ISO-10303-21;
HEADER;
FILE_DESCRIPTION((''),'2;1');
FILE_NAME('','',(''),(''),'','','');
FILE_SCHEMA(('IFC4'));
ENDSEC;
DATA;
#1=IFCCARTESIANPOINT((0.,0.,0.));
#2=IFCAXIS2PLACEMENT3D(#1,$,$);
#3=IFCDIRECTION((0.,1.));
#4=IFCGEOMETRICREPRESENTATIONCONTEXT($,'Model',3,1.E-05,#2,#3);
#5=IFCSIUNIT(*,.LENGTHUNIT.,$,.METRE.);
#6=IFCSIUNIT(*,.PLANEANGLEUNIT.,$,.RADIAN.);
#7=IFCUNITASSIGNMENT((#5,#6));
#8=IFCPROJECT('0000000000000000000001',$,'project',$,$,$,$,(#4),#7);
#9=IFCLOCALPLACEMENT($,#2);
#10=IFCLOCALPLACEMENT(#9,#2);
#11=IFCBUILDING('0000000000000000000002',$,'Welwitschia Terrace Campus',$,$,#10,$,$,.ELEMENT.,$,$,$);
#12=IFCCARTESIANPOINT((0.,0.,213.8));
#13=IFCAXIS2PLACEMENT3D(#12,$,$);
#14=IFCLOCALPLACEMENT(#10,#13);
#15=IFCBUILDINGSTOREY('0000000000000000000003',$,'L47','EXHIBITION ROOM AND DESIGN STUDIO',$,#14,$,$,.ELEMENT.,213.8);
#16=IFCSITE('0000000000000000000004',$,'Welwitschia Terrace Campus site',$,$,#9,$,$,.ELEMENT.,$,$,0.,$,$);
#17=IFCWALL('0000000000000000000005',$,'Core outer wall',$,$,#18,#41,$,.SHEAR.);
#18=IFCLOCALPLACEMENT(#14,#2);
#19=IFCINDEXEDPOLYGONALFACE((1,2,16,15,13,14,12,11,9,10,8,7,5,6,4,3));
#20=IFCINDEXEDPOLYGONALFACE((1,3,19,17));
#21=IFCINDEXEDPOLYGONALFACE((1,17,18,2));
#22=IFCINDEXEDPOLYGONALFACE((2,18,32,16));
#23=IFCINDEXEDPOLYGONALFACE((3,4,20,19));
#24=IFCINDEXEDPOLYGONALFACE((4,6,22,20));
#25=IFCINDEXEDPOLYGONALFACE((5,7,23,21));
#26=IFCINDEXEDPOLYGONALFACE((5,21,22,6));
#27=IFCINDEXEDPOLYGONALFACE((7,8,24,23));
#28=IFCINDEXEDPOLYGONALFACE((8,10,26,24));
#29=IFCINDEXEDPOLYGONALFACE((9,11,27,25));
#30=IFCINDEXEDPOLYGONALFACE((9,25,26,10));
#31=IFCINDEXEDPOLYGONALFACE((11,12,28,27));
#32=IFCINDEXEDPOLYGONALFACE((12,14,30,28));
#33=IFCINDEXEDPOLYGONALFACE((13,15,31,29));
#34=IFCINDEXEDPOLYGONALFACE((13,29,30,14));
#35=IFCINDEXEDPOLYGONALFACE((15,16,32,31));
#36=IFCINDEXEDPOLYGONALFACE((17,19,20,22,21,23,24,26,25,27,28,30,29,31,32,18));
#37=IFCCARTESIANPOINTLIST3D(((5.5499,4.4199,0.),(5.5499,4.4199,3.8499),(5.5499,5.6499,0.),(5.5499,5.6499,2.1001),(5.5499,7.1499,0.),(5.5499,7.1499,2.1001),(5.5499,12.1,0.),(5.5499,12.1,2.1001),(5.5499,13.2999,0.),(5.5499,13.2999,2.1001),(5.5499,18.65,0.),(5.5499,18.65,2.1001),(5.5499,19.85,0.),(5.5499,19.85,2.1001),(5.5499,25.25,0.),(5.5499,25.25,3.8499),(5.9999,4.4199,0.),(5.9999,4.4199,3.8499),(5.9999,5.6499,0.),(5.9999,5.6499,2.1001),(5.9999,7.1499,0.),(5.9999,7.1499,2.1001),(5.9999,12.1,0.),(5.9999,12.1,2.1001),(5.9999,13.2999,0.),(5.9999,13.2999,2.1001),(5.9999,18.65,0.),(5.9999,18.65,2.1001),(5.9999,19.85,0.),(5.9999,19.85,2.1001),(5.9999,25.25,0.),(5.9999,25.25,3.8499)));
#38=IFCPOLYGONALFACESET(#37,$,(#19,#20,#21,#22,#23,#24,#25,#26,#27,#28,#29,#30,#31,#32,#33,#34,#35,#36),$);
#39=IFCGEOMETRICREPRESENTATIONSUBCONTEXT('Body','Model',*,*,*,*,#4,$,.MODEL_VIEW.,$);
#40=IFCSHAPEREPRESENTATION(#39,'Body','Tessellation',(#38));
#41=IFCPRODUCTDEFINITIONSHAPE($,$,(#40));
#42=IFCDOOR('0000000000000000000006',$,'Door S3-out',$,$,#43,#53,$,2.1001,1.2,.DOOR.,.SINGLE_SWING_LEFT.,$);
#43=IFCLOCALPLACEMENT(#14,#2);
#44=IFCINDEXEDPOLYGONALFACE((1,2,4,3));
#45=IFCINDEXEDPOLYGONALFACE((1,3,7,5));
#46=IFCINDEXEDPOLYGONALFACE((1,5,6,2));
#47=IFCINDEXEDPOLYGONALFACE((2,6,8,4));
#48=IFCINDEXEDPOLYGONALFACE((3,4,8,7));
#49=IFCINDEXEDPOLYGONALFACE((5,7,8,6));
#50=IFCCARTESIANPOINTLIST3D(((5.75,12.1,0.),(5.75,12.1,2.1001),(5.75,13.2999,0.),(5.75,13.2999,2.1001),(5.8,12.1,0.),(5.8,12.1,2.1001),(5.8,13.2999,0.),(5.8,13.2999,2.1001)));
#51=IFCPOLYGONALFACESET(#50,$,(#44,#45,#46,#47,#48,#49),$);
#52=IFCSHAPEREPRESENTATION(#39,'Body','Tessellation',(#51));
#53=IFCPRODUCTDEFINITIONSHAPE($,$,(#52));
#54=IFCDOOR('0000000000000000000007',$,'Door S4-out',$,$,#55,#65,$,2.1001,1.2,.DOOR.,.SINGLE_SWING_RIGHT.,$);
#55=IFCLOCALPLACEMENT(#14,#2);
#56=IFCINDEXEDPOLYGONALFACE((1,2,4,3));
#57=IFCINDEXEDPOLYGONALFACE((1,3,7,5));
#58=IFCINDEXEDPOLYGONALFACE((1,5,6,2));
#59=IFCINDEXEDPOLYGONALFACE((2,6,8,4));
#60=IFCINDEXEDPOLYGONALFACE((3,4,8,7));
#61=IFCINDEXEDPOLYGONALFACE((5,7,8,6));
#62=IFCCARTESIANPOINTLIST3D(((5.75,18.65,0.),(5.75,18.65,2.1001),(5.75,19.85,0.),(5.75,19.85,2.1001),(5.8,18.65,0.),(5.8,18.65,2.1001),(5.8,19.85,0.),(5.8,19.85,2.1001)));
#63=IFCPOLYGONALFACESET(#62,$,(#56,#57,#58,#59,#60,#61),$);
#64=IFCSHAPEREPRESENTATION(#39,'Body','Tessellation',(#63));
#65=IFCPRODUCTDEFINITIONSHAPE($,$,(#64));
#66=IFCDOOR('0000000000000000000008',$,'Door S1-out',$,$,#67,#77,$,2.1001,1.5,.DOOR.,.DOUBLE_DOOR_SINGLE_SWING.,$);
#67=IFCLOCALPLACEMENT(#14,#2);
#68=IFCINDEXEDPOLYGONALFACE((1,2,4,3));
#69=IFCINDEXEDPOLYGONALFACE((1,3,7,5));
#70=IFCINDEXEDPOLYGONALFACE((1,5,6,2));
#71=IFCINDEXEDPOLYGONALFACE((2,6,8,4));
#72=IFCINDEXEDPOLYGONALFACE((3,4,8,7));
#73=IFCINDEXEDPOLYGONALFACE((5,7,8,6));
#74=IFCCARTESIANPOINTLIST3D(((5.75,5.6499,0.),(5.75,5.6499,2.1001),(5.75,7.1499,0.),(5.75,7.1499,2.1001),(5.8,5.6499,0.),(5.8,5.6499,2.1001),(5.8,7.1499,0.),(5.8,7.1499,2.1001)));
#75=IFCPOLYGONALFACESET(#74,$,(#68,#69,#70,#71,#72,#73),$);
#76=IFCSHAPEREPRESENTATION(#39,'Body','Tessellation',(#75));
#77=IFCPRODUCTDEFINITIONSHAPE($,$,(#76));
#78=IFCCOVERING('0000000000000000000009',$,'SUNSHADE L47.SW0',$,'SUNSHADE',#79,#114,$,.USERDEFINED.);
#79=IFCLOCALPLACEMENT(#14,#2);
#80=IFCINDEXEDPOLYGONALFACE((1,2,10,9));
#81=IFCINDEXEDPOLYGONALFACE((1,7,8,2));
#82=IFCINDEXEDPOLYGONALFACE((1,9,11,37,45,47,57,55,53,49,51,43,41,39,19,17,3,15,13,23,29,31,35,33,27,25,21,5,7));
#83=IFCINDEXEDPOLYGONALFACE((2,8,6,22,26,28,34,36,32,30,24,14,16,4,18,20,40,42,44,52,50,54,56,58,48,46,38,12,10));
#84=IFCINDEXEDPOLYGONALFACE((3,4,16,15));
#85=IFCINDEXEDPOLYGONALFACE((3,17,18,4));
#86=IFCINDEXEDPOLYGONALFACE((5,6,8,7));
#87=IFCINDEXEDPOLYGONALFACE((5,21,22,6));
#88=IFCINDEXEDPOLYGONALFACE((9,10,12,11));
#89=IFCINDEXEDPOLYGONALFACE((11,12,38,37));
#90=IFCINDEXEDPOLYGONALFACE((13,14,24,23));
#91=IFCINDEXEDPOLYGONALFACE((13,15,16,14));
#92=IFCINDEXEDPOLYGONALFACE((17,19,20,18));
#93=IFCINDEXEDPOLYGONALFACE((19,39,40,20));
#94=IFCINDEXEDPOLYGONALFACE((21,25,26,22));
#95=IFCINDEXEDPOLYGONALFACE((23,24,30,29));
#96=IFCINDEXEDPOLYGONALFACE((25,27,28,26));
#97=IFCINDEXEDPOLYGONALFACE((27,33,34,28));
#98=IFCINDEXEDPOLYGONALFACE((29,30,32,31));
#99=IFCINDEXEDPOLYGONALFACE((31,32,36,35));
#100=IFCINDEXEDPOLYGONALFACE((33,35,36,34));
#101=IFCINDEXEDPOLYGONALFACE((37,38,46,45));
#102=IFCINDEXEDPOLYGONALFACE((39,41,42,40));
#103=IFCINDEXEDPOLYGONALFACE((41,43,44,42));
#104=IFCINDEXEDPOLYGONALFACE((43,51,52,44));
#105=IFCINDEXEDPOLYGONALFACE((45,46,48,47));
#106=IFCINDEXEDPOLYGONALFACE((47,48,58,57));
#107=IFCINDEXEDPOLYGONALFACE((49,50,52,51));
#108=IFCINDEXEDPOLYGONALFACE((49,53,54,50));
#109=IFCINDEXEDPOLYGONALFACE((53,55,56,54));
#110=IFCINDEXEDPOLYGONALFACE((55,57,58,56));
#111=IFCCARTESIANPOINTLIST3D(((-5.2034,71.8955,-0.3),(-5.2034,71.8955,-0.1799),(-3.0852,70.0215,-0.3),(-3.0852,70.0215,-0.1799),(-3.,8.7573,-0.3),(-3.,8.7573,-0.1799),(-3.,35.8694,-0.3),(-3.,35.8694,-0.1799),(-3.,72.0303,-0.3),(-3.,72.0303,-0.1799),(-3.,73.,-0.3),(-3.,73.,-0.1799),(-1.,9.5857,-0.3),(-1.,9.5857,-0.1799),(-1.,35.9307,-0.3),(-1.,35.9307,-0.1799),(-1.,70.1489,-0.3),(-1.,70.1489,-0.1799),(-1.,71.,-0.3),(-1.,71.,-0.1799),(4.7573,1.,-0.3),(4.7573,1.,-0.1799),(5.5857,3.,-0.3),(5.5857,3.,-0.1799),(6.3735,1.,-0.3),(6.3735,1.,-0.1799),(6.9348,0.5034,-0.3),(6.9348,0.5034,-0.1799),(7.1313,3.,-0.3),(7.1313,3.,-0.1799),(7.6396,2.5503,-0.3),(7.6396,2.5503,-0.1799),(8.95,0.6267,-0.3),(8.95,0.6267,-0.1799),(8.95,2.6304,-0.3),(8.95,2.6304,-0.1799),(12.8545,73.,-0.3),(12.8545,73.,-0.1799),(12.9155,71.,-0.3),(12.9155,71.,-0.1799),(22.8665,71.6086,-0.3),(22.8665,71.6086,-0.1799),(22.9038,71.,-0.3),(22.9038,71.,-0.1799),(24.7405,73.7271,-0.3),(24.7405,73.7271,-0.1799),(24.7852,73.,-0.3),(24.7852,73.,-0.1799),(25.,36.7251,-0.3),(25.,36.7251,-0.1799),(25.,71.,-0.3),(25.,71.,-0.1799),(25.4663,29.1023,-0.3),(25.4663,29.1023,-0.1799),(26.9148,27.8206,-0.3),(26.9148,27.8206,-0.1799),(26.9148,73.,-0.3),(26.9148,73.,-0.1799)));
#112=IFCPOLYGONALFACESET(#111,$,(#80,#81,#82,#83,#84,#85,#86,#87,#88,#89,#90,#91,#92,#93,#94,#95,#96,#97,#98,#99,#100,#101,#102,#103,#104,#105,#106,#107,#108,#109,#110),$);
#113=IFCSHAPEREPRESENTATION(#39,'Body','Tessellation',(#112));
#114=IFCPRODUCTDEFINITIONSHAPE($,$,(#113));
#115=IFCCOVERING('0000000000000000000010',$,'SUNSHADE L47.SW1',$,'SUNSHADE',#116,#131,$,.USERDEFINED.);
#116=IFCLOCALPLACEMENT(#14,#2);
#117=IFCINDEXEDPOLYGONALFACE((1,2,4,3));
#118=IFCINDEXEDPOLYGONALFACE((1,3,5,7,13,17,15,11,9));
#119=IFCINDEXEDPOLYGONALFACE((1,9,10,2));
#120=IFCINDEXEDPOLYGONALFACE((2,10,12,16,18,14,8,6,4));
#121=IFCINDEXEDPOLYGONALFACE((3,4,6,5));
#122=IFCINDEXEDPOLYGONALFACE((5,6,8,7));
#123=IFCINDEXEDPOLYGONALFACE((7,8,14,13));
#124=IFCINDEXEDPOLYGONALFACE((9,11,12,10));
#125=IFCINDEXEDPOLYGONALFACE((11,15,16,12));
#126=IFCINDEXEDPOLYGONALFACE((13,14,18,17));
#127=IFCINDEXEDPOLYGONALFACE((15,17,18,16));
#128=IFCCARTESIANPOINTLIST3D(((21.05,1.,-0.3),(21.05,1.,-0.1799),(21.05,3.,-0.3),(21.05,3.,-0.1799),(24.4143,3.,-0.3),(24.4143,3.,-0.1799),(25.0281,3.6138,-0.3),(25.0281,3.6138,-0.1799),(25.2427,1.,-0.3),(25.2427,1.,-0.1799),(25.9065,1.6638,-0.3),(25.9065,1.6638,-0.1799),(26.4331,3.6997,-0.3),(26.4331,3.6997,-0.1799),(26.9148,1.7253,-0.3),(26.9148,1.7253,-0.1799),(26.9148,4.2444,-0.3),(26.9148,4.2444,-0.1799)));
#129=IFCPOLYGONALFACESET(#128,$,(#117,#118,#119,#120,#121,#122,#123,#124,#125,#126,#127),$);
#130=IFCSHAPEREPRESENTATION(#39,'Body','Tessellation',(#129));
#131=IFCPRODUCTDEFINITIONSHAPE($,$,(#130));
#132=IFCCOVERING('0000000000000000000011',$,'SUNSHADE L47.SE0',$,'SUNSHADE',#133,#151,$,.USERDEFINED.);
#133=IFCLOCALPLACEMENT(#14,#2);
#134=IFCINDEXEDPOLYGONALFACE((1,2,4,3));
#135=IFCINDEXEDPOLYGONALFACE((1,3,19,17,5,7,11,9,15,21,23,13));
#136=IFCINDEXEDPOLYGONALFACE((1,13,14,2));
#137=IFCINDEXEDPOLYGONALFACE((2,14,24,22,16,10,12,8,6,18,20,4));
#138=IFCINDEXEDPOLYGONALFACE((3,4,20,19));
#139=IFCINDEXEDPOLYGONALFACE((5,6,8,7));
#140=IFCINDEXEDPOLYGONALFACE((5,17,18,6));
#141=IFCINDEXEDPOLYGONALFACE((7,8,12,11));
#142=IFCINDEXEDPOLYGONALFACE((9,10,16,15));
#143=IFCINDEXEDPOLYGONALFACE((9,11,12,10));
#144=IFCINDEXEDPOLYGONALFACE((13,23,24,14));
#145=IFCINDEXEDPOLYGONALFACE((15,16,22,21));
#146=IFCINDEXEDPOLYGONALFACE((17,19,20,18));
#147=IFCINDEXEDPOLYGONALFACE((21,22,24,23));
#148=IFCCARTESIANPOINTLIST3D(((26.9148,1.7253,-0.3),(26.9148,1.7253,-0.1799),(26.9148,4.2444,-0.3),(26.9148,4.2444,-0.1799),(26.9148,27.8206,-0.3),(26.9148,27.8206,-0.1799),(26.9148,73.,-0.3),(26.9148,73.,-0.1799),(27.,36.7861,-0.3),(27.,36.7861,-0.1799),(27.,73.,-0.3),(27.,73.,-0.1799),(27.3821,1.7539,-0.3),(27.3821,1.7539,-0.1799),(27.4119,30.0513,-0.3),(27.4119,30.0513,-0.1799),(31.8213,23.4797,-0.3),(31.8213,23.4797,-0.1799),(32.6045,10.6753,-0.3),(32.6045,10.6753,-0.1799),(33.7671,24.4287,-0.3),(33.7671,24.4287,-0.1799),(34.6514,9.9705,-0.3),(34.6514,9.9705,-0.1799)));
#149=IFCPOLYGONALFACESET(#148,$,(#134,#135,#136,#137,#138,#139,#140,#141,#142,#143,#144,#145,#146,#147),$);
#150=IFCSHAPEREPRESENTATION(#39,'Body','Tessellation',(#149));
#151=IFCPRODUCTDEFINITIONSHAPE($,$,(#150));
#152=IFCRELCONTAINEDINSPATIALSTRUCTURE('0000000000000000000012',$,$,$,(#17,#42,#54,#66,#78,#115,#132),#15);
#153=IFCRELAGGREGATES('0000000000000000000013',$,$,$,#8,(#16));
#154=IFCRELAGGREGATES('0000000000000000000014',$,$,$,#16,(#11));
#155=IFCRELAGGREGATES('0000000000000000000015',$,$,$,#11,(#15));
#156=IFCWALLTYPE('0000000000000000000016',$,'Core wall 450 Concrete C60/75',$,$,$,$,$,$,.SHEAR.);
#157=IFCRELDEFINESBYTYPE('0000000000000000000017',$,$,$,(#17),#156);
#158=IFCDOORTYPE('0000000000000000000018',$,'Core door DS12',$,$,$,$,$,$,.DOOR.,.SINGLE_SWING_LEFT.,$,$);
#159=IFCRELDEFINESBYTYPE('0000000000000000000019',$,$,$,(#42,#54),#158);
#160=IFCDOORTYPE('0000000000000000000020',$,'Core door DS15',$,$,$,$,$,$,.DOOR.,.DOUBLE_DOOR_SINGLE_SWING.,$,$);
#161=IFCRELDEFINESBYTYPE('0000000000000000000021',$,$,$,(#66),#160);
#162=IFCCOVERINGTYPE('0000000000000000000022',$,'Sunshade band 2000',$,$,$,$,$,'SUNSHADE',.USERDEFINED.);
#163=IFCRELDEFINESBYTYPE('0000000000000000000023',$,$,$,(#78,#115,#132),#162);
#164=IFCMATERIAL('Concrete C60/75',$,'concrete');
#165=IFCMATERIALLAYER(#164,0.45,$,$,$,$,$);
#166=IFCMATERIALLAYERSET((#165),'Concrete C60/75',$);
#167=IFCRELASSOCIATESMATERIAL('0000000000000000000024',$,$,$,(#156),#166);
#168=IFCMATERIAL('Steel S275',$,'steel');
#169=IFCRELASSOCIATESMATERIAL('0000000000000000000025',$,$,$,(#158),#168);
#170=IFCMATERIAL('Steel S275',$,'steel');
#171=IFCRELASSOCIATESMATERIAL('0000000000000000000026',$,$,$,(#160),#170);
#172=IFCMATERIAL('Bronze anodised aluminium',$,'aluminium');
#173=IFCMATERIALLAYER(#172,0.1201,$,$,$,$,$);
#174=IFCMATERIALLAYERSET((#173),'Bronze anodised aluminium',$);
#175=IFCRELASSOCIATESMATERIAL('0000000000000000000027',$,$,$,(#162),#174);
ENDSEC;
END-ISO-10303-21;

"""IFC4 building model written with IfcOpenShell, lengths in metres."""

from ifc_helpers import new_model, si_unit, direction, frame, frame_2d, origin, place, context, subcontext, project, spatial, polyline, rectangle, outline, extrude, material, layer, layer_set, type_object, element, fill, save


model = new_model("IFC4")

# Units and contexts
model_context = context("Model", 3, precision=1e-05, world=origin(), true_north=direction((0.0, 1.0)))
body_context = subcontext(model_context, "Body", "Model", "MODEL_VIEW")
ifc_project = project(units=[si_unit("LENGTHUNIT", "METRE"), si_unit("PLANEANGLEUNIT", "RADIAN")], contexts=[model_context])

# Site, building, storey
site_placement = place(None, origin())
site = spatial("IfcSite", under=ifc_project, at=site_placement, Name="Welwitschia Terrace Campus site", CompositionType="ELEMENT", RefElevation=0.0)
building_placement = place(site_placement, origin())
building = spatial("IfcBuilding", under=site, at=building_placement, Name="Welwitschia Terrace Campus", CompositionType="ELEMENT")
storey_placement = place(building_placement, frame((0.0, 0.0, 213.8)))
storey = spatial("IfcBuildingStorey", under=building, at=storey_placement, Name="L47", Description="EXHIBITION ROOM AND DESIGN STUDIO", CompositionType="ELEMENT", Elevation=213.8)

# Wall, openings, doors
ifc_material_1 = material(Name="Concrete C60/75", Category="concrete")
ifc_layer_1 = layer(ifc_material_1, 0.45)
ifc_layer_set_1 = layer_set([ifc_layer_1], Name="Concrete C60/75")
wall_type = type_object("IfcWallType", Name="Core wall 450 Concrete C60/75", PredefinedType="SHEAR", material=ifc_layer_set_1)
wall_placement = place(storey_placement, frame((5.7749, 4.4199, 0.0), z_axis=(0.0, 0.0, 1.0), x_axis=(0.0, 1.0, 0.0)))
wall = element("IfcWall", 1, at=wall_placement, inside=storey, type_object=wall_type, Name="Core outer wall", PredefinedType="SHEAR", context=body_context, shape_type="SweptSolid", body=[
    extrude(rectangle(XDim=20.8301, YDim=0.45, at=frame_2d((10.415, 0.0))), origin(), (0.0, 0.0, 1.0), 3.8499),
])
opening_1_placement = place(wall_placement, frame((1.23, 0.0, 0.0)))
opening_1 = element("IfcOpeningElement", 2, at=opening_1_placement, cuts=wall, PredefinedType="OPENING", context=body_context, shape_type="SweptSolid", body=[
    extrude(rectangle(XDim=1.5, YDim=2.1001, at=frame_2d((0.75, 1.05))), frame((0.0, 0.2349, 0.0), z_axis=(0.0, -1.0, 0.0), x_axis=(1.0, 0.0, 0.0)), (0.0, 0.0, 1.0), 0.47),
])
opening_2_placement = place(wall_placement, frame((7.6799, 0.0, 0.0)))
opening_2 = element("IfcOpeningElement", 3, at=opening_2_placement, cuts=wall, PredefinedType="OPENING", context=body_context, shape_type="SweptSolid", body=[
    extrude(rectangle(XDim=1.2, YDim=2.1001, at=frame_2d((0.6001, 1.05))), frame((0.0, 0.2349, 0.0), z_axis=(0.0, -1.0, 0.0), x_axis=(1.0, 0.0, 0.0)), (0.0, 0.0, 1.0), 0.47),
])
opening_3_placement = place(wall_placement, frame((14.23, 0.0, 0.0)))
opening_3 = element("IfcOpeningElement", 4, at=opening_3_placement, cuts=wall, PredefinedType="OPENING", context=body_context, shape_type="SweptSolid", body=[
    extrude(rectangle(XDim=1.2, YDim=2.1001, at=frame_2d((0.6001, 1.05))), frame((0.0, 0.2349, 0.0), z_axis=(0.0, -1.0, 0.0), x_axis=(1.0, 0.0, 0.0)), (0.0, 0.0, 1.0), 0.47),
])
ifc_material_2 = material(Name="Steel S275", Category="steel")
door_type_1 = type_object("IfcDoorType", Name="Core door DS12", OperationType="SINGLE_SWING_LEFT", PredefinedType="DOOR", material=ifc_material_2)
door_1_placement = place(opening_2_placement, origin())
door_1 = element("IfcDoor", 5, at=door_1_placement, inside=storey, type_object=door_type_1, Name="Door S3-out", OperationType="SINGLE_SWING_LEFT", OverallHeight=2.1001, OverallWidth=1.2, PredefinedType="DOOR", context=body_context, shape_type="SweptSolid", body=[
    extrude(rectangle(XDim=1.2, YDim=2.1001, at=frame_2d((0.6001, 1.05))), frame((0.0, 0.0249, 0.0), z_axis=(0.0, -1.0, 0.0), x_axis=(1.0, 0.0, 0.0)), (0.0, 0.0, 1.0), 0.05),
])
fill(opening_2, door_1)
door_2_placement = place(opening_3_placement, origin())
door_2 = element("IfcDoor", 6, at=door_2_placement, inside=storey, type_object=door_type_1, Name="Door S4-out", OperationType="SINGLE_SWING_RIGHT", OverallHeight=2.1001, OverallWidth=1.2, PredefinedType="DOOR", context=body_context, shape_type="SweptSolid", body=[
    extrude(rectangle(XDim=1.2, YDim=2.1001, at=frame_2d((0.6001, 1.05))), frame((0.0, 0.0249, 0.0), z_axis=(0.0, -1.0, 0.0), x_axis=(1.0, 0.0, 0.0)), (0.0, 0.0, 1.0), 0.05),
])
fill(opening_3, door_2)
ifc_material_3 = material(Name="Steel S275", Category="steel")
door_type_2 = type_object("IfcDoorType", Name="Core door DS15", OperationType="DOUBLE_DOOR_SINGLE_SWING", PredefinedType="DOOR", material=ifc_material_3)
door_3_placement = place(opening_1_placement, origin())
door_3 = element("IfcDoor", 7, at=door_3_placement, inside=storey, type_object=door_type_2, Name="Door S1-out", OperationType="DOUBLE_DOOR_SINGLE_SWING", OverallHeight=2.1001, OverallWidth=1.5, PredefinedType="DOOR", context=body_context, shape_type="SweptSolid", body=[
    extrude(rectangle(XDim=1.5, YDim=2.1001, at=frame_2d((0.75, 1.05))), frame((0.0, 0.0249, 0.0), z_axis=(0.0, -1.0, 0.0), x_axis=(1.0, 0.0, 0.0)), (0.0, 0.0, 1.0), 0.05),
])
fill(opening_1, door_3)

# Coverings
ifc_material_4 = material(Name="Bronze anodised aluminium", Category="aluminium")
ifc_layer_2 = layer(ifc_material_4, 0.1201)
ifc_layer_set_2 = layer_set([ifc_layer_2], Name="Bronze anodised aluminium")
covering_type_1 = type_object("IfcCoveringType", Name="Sunshade band 2000", ElementType="SUNSHADE", PredefinedType="USERDEFINED", material=ifc_layer_set_2)
covering_1_placement = place(storey_placement, frame((0.0, 0.0, -0.3)))
element("IfcCovering", 8, at=covering_1_placement, inside=storey, type_object=covering_type_1, Name="SUNSHADE L47.SW0", ObjectType="SUNSHADE", PredefinedType="USERDEFINED", context=body_context, shape_type="SweptSolid", body=[
    extrude(outline(polyline([(-3.0, 73.0), (12.8545, 73.0), (24.7405, 73.7271), (24.7852, 73.0), (26.9148, 73.0), (26.9148, 27.8206), (25.4663, 29.1023), (25.0, 36.7251), (25.0, 71.0), (22.9038, 71.0), (22.8665, 71.6086), (12.9155, 71.0), (-1.0, 71.0), (-1.0, 70.1489), (-3.0852, 70.0215), (-1.0, 35.9307), (-1.0, 9.5857), (5.5857, 3.0), (7.1313, 3.0), (7.6396, 2.5503), (8.95, 2.6304), (8.95, 0.6267), (6.9348, 0.5034), (6.3735, 1.0), (4.7573, 1.0), (-3.0, 8.7573), (-3.0, 35.8694), (-5.2034, 71.8955), (-3.0, 72.0303), (-3.0, 73.0)])), origin(), (0.0, 0.0, 1.0), 0.1201),
])
covering_2_placement = place(storey_placement, frame((0.0, 0.0, -0.3)))
element("IfcCovering", 9, at=covering_2_placement, inside=storey, type_object=covering_type_1, Name="SUNSHADE L47.SW1", ObjectType="SUNSHADE", PredefinedType="USERDEFINED", context=body_context, shape_type="SweptSolid", body=[
    extrude(outline(polyline([(25.9065, 1.6638), (25.2427, 1.0), (21.05, 1.0), (21.05, 3.0), (24.4143, 3.0), (25.0281, 3.6138), (26.4331, 3.6997), (26.9148, 4.2444), (26.9148, 1.7253), (25.9065, 1.6638)])), origin(), (0.0, 0.0, 1.0), 0.1201),
])
covering_3_placement = place(storey_placement, frame((0.0, 0.0, -0.3)))
element("IfcCovering", 10, at=covering_3_placement, inside=storey, type_object=covering_type_1, Name="SUNSHADE L47.SE0", ObjectType="SUNSHADE", PredefinedType="USERDEFINED", context=body_context, shape_type="SweptSolid", body=[
    extrude(outline(polyline([(27.0, 73.0), (27.0, 36.7861), (27.4119, 30.0513), (33.7671, 24.4287), (34.6514, 9.9705), (27.3821, 1.7539), (26.9148, 1.7253), (26.9148, 4.2444), (32.6045, 10.6753), (31.8213, 23.4797), (26.9148, 27.8206), (26.9148, 73.0), (27.0, 73.0)])), origin(), (0.0, 0.0, 1.0), 0.1201),
])

save(model, "model.ifc")
